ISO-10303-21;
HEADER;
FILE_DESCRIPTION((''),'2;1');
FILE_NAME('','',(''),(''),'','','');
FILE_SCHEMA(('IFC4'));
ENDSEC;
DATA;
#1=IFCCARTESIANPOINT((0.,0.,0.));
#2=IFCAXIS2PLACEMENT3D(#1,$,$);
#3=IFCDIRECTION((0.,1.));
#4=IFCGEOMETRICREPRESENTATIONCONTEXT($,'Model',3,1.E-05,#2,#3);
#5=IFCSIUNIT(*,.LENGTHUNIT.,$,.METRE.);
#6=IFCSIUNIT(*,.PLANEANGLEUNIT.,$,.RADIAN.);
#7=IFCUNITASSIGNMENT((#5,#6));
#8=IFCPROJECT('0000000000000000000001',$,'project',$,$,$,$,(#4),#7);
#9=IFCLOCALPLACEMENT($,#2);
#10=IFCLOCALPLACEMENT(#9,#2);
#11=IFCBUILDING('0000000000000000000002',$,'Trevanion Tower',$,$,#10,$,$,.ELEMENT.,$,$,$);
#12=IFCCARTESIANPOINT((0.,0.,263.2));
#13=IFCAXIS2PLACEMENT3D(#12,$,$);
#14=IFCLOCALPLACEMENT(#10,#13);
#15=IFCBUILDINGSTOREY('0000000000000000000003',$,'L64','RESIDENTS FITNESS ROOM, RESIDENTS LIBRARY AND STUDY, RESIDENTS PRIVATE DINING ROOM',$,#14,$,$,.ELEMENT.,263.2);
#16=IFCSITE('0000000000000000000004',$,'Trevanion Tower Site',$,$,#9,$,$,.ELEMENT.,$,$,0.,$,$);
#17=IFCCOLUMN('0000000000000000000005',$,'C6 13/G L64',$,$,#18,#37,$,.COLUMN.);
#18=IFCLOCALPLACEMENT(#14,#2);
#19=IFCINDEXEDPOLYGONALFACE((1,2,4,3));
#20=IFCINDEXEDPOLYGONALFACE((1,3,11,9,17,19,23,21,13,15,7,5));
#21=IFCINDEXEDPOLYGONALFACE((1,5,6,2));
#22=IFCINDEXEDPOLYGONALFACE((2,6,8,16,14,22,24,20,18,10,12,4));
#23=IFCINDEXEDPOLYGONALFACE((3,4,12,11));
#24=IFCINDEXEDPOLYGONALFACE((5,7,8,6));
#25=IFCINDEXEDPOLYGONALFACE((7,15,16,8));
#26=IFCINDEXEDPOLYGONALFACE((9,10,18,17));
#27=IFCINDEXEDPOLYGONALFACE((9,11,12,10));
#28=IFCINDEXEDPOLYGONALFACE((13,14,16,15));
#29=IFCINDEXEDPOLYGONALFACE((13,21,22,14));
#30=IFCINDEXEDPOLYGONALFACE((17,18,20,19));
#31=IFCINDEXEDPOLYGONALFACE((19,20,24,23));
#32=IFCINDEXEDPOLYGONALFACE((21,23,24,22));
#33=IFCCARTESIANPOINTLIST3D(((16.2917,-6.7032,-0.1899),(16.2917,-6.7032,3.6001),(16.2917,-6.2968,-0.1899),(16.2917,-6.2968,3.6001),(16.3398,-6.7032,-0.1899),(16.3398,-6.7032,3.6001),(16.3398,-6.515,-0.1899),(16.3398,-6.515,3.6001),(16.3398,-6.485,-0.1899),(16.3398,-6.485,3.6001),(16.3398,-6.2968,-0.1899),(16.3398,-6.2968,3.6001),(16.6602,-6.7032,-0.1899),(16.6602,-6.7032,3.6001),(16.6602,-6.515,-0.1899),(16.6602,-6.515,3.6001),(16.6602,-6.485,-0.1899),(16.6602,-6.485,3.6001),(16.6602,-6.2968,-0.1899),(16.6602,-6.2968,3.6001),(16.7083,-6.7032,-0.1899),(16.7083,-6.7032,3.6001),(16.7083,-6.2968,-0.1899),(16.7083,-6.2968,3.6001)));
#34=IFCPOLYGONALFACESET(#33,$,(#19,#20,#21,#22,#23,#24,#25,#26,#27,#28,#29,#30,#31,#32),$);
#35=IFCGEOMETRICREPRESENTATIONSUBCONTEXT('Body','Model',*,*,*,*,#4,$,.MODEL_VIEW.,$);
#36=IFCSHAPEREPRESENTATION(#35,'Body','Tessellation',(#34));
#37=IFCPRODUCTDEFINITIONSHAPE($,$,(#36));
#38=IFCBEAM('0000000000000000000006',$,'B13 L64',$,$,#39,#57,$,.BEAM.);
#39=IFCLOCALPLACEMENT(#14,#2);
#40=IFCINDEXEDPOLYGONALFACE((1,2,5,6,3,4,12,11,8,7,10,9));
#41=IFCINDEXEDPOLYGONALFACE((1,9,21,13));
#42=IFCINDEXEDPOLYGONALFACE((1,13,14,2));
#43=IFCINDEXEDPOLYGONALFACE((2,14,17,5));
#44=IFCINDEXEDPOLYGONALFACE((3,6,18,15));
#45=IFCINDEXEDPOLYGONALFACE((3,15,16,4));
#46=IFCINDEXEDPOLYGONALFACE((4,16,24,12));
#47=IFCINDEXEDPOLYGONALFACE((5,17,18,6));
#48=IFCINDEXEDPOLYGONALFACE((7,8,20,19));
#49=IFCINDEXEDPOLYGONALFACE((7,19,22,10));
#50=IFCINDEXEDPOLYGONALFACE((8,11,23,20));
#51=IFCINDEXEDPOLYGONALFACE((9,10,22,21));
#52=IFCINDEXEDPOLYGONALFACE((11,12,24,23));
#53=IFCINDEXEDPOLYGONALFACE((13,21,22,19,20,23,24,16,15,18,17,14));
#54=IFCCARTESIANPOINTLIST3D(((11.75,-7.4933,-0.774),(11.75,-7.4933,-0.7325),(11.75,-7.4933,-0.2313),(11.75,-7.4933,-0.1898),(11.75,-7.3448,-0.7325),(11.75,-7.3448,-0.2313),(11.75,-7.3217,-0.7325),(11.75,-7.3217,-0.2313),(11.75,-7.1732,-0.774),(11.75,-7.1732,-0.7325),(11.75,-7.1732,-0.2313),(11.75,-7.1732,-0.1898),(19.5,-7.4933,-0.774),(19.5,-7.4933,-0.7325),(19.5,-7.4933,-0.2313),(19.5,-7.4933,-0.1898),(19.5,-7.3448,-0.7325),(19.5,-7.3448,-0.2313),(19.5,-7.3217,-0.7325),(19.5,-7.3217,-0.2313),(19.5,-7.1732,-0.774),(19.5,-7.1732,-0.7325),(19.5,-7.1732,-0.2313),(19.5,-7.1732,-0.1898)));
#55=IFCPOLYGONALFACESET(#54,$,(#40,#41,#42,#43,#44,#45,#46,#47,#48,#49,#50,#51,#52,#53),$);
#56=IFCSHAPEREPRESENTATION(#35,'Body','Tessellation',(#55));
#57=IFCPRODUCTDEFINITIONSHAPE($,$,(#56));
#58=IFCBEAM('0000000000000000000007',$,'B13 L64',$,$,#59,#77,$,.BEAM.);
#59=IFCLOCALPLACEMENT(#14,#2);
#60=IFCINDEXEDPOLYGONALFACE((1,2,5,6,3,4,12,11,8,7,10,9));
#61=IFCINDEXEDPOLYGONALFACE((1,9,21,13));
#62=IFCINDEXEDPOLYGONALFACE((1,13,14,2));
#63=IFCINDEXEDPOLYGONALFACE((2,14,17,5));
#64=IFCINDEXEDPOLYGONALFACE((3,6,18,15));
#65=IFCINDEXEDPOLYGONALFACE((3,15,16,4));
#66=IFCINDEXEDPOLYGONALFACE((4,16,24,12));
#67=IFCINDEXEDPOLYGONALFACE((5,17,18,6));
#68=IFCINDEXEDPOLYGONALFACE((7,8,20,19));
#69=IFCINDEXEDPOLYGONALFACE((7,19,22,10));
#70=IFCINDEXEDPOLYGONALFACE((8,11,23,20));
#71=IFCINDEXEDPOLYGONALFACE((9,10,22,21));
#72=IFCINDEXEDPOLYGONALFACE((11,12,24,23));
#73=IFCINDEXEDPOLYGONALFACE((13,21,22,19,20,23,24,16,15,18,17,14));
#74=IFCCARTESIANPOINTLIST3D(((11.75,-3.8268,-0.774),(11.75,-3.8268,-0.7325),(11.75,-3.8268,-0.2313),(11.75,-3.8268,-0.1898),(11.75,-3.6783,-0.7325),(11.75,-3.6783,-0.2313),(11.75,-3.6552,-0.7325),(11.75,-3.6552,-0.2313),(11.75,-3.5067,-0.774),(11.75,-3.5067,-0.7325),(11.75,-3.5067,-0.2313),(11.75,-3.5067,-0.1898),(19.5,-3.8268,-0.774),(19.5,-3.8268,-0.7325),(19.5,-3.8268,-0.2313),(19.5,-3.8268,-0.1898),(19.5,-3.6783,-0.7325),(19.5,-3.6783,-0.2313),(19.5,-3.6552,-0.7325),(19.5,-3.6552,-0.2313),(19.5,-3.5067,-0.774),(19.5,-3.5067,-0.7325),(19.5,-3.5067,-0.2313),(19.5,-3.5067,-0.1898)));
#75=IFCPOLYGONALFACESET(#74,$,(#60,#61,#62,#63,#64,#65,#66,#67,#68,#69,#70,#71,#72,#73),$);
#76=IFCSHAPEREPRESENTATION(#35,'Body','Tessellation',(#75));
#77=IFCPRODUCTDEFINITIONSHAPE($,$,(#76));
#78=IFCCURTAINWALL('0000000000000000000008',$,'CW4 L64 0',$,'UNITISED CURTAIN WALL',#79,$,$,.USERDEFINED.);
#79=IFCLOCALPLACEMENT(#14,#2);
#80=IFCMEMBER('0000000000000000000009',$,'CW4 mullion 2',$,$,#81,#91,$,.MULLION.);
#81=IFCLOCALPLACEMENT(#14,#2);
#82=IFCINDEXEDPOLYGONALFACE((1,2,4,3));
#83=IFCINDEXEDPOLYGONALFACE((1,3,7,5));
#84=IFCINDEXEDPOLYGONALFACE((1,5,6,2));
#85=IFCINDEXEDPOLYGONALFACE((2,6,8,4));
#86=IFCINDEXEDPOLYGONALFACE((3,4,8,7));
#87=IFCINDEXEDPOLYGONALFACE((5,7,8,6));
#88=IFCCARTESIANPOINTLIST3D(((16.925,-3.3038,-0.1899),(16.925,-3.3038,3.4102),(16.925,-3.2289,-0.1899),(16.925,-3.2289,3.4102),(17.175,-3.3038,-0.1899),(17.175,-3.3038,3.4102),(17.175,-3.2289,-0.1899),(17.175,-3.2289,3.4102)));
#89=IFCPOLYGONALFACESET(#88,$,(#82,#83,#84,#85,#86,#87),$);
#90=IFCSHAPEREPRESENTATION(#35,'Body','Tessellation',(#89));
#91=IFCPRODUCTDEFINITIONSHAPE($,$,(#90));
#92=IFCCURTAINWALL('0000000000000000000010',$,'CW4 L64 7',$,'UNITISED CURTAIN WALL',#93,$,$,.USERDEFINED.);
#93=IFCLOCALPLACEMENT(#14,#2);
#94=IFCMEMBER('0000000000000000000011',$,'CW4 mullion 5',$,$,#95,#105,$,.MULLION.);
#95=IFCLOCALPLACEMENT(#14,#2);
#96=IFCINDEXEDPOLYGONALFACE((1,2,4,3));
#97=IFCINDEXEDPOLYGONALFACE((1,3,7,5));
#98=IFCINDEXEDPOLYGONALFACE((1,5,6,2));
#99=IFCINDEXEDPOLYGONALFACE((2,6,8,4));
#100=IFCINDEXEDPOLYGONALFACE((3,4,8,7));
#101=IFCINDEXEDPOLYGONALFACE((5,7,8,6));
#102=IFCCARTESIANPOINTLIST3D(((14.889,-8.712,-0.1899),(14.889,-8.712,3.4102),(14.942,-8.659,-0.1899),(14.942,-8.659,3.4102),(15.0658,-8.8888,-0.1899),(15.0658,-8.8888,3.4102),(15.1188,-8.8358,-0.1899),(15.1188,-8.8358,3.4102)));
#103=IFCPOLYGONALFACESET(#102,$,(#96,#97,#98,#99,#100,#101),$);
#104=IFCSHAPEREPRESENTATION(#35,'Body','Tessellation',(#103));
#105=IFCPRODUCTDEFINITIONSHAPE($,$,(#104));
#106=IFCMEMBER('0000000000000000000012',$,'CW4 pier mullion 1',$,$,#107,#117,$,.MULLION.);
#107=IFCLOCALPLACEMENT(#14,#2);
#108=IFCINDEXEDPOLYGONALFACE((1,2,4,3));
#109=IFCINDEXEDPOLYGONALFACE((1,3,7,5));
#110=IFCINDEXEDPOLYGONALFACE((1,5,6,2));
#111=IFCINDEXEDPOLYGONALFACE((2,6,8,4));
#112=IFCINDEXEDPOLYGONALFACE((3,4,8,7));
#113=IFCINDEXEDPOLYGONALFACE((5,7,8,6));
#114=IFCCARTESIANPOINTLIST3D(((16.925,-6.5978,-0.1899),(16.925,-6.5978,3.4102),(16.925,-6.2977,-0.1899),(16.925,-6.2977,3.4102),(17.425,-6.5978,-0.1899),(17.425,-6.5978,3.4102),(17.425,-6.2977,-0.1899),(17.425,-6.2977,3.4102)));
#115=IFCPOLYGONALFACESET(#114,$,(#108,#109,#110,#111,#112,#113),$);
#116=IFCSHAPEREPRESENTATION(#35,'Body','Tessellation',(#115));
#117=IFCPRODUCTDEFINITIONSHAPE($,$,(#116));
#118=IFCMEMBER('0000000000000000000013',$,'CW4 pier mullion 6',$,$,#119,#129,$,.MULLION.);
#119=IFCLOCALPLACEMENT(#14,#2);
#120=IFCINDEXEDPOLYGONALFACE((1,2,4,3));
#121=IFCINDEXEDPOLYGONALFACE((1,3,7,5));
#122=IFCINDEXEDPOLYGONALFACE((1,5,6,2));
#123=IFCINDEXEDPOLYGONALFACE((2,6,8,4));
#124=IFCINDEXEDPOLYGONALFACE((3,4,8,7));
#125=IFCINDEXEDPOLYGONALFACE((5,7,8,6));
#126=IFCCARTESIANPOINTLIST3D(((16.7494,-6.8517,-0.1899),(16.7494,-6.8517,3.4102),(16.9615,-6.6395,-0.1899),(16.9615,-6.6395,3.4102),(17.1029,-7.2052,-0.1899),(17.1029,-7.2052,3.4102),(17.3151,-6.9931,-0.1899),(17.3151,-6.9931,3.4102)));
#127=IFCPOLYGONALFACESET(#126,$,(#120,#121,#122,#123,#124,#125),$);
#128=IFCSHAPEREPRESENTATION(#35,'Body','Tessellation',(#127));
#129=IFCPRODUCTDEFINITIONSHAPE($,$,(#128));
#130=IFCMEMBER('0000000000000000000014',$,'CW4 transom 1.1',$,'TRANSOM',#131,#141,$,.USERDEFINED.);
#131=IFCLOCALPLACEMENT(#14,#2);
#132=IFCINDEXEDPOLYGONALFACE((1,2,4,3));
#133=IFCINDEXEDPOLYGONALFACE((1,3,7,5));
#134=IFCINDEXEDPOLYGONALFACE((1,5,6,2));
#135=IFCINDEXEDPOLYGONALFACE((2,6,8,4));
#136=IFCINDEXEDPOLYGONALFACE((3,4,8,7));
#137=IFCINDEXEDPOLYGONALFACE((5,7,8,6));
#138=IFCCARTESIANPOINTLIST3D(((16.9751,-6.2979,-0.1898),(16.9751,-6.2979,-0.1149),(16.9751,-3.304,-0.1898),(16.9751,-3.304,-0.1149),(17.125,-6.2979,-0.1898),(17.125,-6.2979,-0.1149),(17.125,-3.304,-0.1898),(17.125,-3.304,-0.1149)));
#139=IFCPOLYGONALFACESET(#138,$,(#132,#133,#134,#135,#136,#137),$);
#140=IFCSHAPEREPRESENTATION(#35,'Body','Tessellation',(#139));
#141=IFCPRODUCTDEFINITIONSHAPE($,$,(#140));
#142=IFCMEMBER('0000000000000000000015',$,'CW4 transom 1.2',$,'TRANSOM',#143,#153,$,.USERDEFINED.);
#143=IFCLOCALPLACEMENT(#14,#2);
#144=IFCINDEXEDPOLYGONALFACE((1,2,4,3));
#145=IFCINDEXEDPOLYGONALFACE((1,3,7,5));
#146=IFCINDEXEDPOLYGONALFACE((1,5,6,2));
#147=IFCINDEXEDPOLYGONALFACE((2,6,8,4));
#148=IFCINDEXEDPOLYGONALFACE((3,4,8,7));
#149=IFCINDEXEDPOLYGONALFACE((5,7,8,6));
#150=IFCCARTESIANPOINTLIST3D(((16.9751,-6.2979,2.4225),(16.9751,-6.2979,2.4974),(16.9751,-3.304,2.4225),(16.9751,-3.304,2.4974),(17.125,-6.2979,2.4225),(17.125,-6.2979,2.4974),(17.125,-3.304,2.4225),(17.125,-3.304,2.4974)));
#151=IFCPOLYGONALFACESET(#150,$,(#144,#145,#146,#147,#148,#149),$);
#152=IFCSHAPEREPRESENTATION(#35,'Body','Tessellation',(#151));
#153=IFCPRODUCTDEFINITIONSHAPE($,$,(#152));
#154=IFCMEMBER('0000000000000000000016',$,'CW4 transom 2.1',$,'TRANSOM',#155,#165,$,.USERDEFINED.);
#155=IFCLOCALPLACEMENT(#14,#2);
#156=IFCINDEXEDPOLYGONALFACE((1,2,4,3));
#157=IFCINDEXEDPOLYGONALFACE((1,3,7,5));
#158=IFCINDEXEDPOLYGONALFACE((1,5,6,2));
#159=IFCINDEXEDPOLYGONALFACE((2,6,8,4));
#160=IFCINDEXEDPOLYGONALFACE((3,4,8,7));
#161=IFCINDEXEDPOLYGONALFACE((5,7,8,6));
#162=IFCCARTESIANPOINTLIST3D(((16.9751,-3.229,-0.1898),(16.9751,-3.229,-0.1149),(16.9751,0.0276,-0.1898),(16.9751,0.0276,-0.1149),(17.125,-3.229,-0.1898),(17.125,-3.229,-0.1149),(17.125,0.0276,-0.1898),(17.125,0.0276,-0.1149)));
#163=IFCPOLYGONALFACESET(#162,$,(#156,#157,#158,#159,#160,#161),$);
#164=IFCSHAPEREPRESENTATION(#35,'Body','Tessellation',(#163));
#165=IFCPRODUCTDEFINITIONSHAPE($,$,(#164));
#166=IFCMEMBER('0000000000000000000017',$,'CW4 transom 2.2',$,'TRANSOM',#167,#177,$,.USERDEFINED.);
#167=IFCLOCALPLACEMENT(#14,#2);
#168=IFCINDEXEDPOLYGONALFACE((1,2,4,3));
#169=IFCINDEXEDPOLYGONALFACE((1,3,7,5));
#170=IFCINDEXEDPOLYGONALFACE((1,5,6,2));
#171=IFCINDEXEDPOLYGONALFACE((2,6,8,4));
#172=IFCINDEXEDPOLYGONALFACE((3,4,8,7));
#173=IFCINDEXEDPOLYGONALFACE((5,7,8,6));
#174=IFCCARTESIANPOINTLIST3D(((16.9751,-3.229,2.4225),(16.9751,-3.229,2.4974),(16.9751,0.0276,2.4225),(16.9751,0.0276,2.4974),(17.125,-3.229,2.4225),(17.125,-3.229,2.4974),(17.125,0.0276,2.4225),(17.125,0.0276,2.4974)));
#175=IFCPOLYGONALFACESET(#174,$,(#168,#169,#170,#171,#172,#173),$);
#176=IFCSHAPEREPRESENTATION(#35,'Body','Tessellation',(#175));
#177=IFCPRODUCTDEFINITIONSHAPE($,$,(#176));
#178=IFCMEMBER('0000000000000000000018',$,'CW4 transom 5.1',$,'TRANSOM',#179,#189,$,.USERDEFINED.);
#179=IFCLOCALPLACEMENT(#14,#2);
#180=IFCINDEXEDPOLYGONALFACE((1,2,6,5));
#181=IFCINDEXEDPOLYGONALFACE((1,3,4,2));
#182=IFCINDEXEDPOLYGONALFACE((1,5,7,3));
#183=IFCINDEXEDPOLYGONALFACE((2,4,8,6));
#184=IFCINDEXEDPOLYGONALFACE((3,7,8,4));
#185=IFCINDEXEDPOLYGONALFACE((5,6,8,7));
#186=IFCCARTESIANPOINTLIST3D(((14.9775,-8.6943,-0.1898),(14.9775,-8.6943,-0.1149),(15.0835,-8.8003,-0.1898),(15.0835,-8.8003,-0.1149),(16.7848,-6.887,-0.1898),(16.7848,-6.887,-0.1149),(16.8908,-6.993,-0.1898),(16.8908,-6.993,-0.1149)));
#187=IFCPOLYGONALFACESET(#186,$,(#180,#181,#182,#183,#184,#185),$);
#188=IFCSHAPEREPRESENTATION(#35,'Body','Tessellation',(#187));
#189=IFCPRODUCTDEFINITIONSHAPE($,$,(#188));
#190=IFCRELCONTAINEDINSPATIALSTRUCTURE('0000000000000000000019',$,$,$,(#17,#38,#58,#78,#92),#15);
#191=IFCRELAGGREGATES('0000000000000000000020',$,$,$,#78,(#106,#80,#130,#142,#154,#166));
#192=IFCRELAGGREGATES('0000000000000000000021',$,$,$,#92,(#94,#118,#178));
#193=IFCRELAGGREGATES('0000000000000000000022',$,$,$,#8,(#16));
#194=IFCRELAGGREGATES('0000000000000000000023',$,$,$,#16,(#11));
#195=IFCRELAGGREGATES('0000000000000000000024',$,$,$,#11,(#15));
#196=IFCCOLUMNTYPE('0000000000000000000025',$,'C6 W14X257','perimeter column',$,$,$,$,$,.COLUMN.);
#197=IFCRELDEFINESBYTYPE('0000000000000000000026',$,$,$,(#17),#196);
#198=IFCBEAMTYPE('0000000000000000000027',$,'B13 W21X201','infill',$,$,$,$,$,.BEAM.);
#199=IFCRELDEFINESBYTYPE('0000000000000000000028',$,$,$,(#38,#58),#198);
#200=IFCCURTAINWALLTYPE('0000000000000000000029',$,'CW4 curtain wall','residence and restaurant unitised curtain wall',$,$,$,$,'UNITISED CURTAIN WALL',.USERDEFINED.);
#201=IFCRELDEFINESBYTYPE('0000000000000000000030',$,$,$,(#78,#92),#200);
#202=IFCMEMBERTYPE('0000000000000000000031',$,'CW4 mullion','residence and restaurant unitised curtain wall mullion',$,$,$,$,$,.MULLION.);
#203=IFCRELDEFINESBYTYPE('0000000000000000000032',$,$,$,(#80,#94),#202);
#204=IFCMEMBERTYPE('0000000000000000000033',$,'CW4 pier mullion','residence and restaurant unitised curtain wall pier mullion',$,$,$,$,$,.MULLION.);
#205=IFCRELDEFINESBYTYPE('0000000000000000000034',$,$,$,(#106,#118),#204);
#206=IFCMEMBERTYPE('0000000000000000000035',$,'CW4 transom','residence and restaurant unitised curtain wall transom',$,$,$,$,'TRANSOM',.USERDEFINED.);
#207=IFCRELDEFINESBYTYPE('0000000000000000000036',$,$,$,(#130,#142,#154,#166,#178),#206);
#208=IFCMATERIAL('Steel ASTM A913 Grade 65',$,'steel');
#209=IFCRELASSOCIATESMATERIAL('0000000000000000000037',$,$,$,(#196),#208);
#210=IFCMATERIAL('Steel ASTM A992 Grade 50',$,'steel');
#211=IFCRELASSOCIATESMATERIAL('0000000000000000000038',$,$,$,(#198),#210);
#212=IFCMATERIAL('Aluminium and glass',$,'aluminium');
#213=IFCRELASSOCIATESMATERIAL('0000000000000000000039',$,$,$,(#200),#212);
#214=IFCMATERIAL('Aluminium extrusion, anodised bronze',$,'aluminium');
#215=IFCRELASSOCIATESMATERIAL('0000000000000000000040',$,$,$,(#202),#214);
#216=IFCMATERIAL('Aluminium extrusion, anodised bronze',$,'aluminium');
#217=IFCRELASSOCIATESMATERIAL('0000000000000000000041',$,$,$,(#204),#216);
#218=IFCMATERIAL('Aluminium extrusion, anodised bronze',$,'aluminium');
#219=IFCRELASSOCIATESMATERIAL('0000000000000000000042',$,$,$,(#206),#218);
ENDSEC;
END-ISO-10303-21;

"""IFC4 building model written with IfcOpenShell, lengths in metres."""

from ifc_helpers import new_model, si_unit, direction, frame, origin, origin_2d, place, context, subcontext, project, spatial, rectangle, i_section, extrude, material, material_profile, profile_set, type_object, element, aggregate, save


model = new_model("IFC4")

# Units and contexts
model_context = context("Model", 3, precision=1e-05, world=origin(), true_north=direction((0.0, 1.0)))
body_context = subcontext(model_context, "Body", "Model", "MODEL_VIEW")
ifc_project = project(units=[si_unit("LENGTHUNIT", "METRE"), si_unit("PLANEANGLEUNIT", "RADIAN")], contexts=[model_context])

# Site, building, storey
site_placement = place(None, origin())
site = spatial("IfcSite", under=ifc_project, at=site_placement, Name="Trevanion Tower Site", CompositionType="ELEMENT", RefElevation=0.0)
building_placement = place(site_placement, origin())
building = spatial("IfcBuilding", under=site, at=building_placement, Name="Trevanion Tower", CompositionType="ELEMENT")
storey_placement = place(building_placement, frame((0.0, 0.0, 263.2)))
storey = spatial("IfcBuildingStorey", under=building, at=storey_placement, Name="L64", Description="RESIDENTS FITNESS ROOM, RESIDENTS LIBRARY AND STUDY, RESIDENTS PRIVATE DINING ROOM", CompositionType="ELEMENT", Elevation=263.2)

# Column
ifc_material_1 = material(Name="Steel ASTM A913 Grade 65", Category="steel")
ifc_material_profile_1 = material_profile(ifc_material_1, i_section(OverallWidth=0.4065, OverallDepth=0.4165, WebThickness=0.03, FlangeThickness=0.0481, at=origin_2d()), Name="W14X257")
ifc_profile_set_1 = profile_set([ifc_material_profile_1], Name="Steel ASTM A913 Grade 65")
column_type = type_object("IfcColumnType", Name="C6 W14X257", Description="perimeter column", PredefinedType="COLUMN", material=ifc_profile_set_1)
column_placement = place(storey_placement, frame((16.5, -6.5, -0.1899), z_axis=(0.0, 0.0, 1.0), x_axis=(0.0, 1.0, 0.0)))
element("IfcColumn", 1, at=column_placement, inside=storey, type_object=column_type, Name="C6 13/G L64", PredefinedType="COLUMN", context=body_context, shape_type="SweptSolid", body=[
    extrude(i_section(OverallWidth=0.4065, OverallDepth=0.4165, WebThickness=0.03, FlangeThickness=0.0481, at=origin_2d()), origin(), (0.0, 0.0, 1.0), 3.79),
])

# Beams
ifc_material_2 = material(Name="Steel ASTM A992 Grade 50", Category="steel")
ifc_material_profile_2 = material_profile(ifc_material_2, i_section(OverallWidth=0.3201, OverallDepth=0.5842, WebThickness=0.0232, FlangeThickness=0.0415, at=origin_2d()), Name="W21X201")
ifc_profile_set_2 = profile_set([ifc_material_profile_2], Name="Steel ASTM A992 Grade 50")
beam_type_1 = type_object("IfcBeamType", Name="B13 W21X201", Description="infill", PredefinedType="BEAM", material=ifc_profile_set_2)
for number, where, z_axis, x_axis, name in (
    (2, (11.75, -7.3333, -0.4819), (1.0, 0.0, 0.0), (0.0, 1.0, 0.0), "B13 L64"),
    (3, (11.75, -3.6667, -0.4819), (1.0, 0.0, 0.0), (0.0, 1.0, 0.0), "B13 L64"),
):
    element("IfcBeam", number, at=place(storey_placement, frame(where, z_axis=z_axis, x_axis=x_axis)), inside=storey, type_object=beam_type_1, Name=name, PredefinedType="BEAM", context=body_context, shape_type="SweptSolid", body=[
        extrude(i_section(OverallWidth=0.3201, OverallDepth=0.5842, WebThickness=0.0232, FlangeThickness=0.0415, at=origin_2d()), origin(), (0.0, 0.0, 1.0), 7.75),
    ])

# Curtain walls, members
ifc_material_3 = material(Name="Aluminium and glass", Category="aluminium")
curtain_wall_type = type_object("IfcCurtainWallType", Name="CW4 curtain wall", Description="residence and restaurant unitised curtain wall", ElementType="UNITISED CURTAIN WALL", PredefinedType="USERDEFINED", material=ifc_material_3)
curtain_wall_1_placement = place(storey_placement, origin())
curtain_wall_1 = element("IfcCurtainWall", 4, at=curtain_wall_1_placement, inside=storey, type_object=curtain_wall_type, Name="CW4 L64 0", ObjectType="UNITISED CURTAIN WALL", PredefinedType="USERDEFINED")
ifc_material_4 = material(Name="Aluminium extrusion, anodised bronze", Category="aluminium")
ifc_material_profile_3 = material_profile(ifc_material_4, rectangle(XDim=0.075, YDim=0.25, at=origin_2d()), Name="CW4 mullion")
ifc_profile_set_3 = profile_set([ifc_material_profile_3], Name="Aluminium extrusion, anodised bronze")
member_type_1 = type_object("IfcMemberType", Name="CW4 mullion", Description="residence and restaurant unitised curtain wall mullion", PredefinedType="MULLION", material=ifc_profile_set_3)
member_1_placement = place(storey_placement, frame((17.05, -3.2664, -0.1899), z_axis=(0.0, 0.0, 1.0), x_axis=(0.0, 1.0, 0.0)))
member_1 = element("IfcMember", 5, at=member_1_placement, type_object=member_type_1, Name="CW4 mullion 2", PredefinedType="MULLION", context=body_context, shape_type="SweptSolid", body=[
    extrude(rectangle(XDim=0.075, YDim=0.25, at=origin_2d()), origin(), (0.0, 0.0, 1.0), 3.6001),
])
curtain_wall_2_placement = place(storey_placement, origin())
curtain_wall_2 = element("IfcCurtainWall", 6, at=curtain_wall_2_placement, inside=storey, type_object=curtain_wall_type, Name="CW4 L64 7", ObjectType="UNITISED CURTAIN WALL", PredefinedType="USERDEFINED")
member_2_placement = place(storey_placement, frame((15.0039, -8.7739, -0.1899), z_axis=(0.0, 0.0, 1.0), x_axis=(0.707107, 0.707107, 0.0)))
member_2 = element("IfcMember", 7, at=member_2_placement, type_object=member_type_1, Name="CW4 mullion 5", PredefinedType="MULLION", context=body_context, shape_type="SweptSolid", body=[
    extrude(rectangle(XDim=0.075, YDim=0.25, at=origin_2d()), origin(), (0.0, 0.0, 1.0), 3.6001),
])

# Members
ifc_material_5 = material(Name="Aluminium extrusion, anodised bronze", Category="aluminium")
ifc_material_profile_4 = material_profile(ifc_material_5, rectangle(XDim=0.3, YDim=0.5, at=origin_2d()), Name="CW4 pier mullion")
ifc_profile_set_4 = profile_set([ifc_material_profile_4], Name="Aluminium extrusion, anodised bronze")
member_type_2 = type_object("IfcMemberType", Name="CW4 pier mullion", Description="residence and restaurant unitised curtain wall pier mullion", PredefinedType="MULLION", material=ifc_profile_set_4)
member_3_placement = place(storey_placement, frame((17.175, -6.4478, -0.1899), z_axis=(0.0, 0.0, 1.0), x_axis=(0.0, 1.0, 0.0)))
member_3 = element("IfcMember", 8, at=member_3_placement, type_object=member_type_2, Name="CW4 pier mullion 1", PredefinedType="MULLION", context=body_context, shape_type="SweptSolid", body=[
    extrude(rectangle(XDim=0.3, YDim=0.5, at=origin_2d()), origin(), (0.0, 0.0, 1.0), 3.6001),
])
member_4_placement = place(storey_placement, frame((17.0322, -6.9224, -0.1899), z_axis=(0.0, 0.0, 1.0), x_axis=(0.707107, 0.707107, 0.0)))
member_4 = element("IfcMember", 9, at=member_4_placement, type_object=member_type_2, Name="CW4 pier mullion 6", PredefinedType="MULLION", context=body_context, shape_type="SweptSolid", body=[
    extrude(rectangle(XDim=0.3, YDim=0.5, at=origin_2d()), origin(), (0.0, 0.0, 1.0), 3.6001),
])
ifc_material_6 = material(Name="Aluminium extrusion, anodised bronze", Category="aluminium")
ifc_material_profile_5 = material_profile(ifc_material_6, rectangle(XDim=0.1499, YDim=0.075, at=origin_2d()), Name="CW4 transom")
ifc_profile_set_5 = profile_set([ifc_material_profile_5], Name="Aluminium extrusion, anodised bronze")
member_type_3 = type_object("IfcMemberType", Name="CW4 transom", Description="residence and restaurant unitised curtain wall transom", ElementType="TRANSOM", PredefinedType="USERDEFINED", material=ifc_profile_set_5)
member_5_placement = place(storey_placement, frame((17.05, -6.2979, -0.1523), z_axis=(0.0, 1.0, 0.0), x_axis=(-1.0, 0.0, 0.0)))
member_5 = element("IfcMember", 10, at=member_5_placement, type_object=member_type_3, Name="CW4 transom 1.1", ObjectType="TRANSOM", PredefinedType="USERDEFINED", context=body_context, shape_type="SweptSolid", body=[
    extrude(rectangle(XDim=0.1499, YDim=0.075, at=origin_2d()), origin(), (0.0, 0.0, 1.0), 2.9939),
])
member_6_placement = place(storey_placement, frame((17.05, -6.2979, 2.46), z_axis=(0.0, 1.0, 0.0), x_axis=(-1.0, 0.0, 0.0)))
member_6 = element("IfcMember", 11, at=member_6_placement, type_object=member_type_3, Name="CW4 transom 1.2", ObjectType="TRANSOM", PredefinedType="USERDEFINED", context=body_context, shape_type="SweptSolid", body=[
    extrude(rectangle(XDim=0.1499, YDim=0.075, at=origin_2d()), origin(), (0.0, 0.0, 1.0), 2.9939),
])
member_7_placement = place(storey_placement, frame((17.05, -3.229, -0.1523), z_axis=(0.0, 1.0, 0.0), x_axis=(-1.0, 0.0, 0.0)))
member_7 = element("IfcMember", 12, at=member_7_placement, type_object=member_type_3, Name="CW4 transom 2.1", ObjectType="TRANSOM", PredefinedType="USERDEFINED", context=body_context, shape_type="SweptSolid", body=[
    extrude(rectangle(XDim=0.1499, YDim=0.075, at=origin_2d()), origin(), (0.0, 0.0, 1.0), 3.2566),
])
member_8_placement = place(storey_placement, frame((17.05, -3.229, 2.46), z_axis=(0.0, 1.0, 0.0), x_axis=(-1.0, 0.0, 0.0)))
member_8 = element("IfcMember", 13, at=member_8_placement, type_object=member_type_3, Name="CW4 transom 2.2", ObjectType="TRANSOM", PredefinedType="USERDEFINED", context=body_context, shape_type="SweptSolid", body=[
    extrude(rectangle(XDim=0.1499, YDim=0.075, at=origin_2d()), origin(), (0.0, 0.0, 1.0), 3.2566),
])
member_9_placement = place(storey_placement, frame((15.0305, -8.7473, -0.1523), z_axis=(0.707107, 0.707107, 0.0), x_axis=(-0.707107, 0.707107, 0.0)))
member_9 = element("IfcMember", 14, at=member_9_placement, type_object=member_type_3, Name="CW4 transom 5.1", ObjectType="TRANSOM", PredefinedType="USERDEFINED", context=body_context, shape_type="SweptSolid", body=[
    extrude(rectangle(XDim=0.1499, YDim=0.075, at=origin_2d()), origin(), (0.0, 0.0, 1.0), 2.5559),
])

aggregate(curtain_wall_1, [member_3, member_1, member_5, member_6, member_7, member_8])
aggregate(curtain_wall_2, [member_2, member_4, member_9])

save(model, "model.ifc")
